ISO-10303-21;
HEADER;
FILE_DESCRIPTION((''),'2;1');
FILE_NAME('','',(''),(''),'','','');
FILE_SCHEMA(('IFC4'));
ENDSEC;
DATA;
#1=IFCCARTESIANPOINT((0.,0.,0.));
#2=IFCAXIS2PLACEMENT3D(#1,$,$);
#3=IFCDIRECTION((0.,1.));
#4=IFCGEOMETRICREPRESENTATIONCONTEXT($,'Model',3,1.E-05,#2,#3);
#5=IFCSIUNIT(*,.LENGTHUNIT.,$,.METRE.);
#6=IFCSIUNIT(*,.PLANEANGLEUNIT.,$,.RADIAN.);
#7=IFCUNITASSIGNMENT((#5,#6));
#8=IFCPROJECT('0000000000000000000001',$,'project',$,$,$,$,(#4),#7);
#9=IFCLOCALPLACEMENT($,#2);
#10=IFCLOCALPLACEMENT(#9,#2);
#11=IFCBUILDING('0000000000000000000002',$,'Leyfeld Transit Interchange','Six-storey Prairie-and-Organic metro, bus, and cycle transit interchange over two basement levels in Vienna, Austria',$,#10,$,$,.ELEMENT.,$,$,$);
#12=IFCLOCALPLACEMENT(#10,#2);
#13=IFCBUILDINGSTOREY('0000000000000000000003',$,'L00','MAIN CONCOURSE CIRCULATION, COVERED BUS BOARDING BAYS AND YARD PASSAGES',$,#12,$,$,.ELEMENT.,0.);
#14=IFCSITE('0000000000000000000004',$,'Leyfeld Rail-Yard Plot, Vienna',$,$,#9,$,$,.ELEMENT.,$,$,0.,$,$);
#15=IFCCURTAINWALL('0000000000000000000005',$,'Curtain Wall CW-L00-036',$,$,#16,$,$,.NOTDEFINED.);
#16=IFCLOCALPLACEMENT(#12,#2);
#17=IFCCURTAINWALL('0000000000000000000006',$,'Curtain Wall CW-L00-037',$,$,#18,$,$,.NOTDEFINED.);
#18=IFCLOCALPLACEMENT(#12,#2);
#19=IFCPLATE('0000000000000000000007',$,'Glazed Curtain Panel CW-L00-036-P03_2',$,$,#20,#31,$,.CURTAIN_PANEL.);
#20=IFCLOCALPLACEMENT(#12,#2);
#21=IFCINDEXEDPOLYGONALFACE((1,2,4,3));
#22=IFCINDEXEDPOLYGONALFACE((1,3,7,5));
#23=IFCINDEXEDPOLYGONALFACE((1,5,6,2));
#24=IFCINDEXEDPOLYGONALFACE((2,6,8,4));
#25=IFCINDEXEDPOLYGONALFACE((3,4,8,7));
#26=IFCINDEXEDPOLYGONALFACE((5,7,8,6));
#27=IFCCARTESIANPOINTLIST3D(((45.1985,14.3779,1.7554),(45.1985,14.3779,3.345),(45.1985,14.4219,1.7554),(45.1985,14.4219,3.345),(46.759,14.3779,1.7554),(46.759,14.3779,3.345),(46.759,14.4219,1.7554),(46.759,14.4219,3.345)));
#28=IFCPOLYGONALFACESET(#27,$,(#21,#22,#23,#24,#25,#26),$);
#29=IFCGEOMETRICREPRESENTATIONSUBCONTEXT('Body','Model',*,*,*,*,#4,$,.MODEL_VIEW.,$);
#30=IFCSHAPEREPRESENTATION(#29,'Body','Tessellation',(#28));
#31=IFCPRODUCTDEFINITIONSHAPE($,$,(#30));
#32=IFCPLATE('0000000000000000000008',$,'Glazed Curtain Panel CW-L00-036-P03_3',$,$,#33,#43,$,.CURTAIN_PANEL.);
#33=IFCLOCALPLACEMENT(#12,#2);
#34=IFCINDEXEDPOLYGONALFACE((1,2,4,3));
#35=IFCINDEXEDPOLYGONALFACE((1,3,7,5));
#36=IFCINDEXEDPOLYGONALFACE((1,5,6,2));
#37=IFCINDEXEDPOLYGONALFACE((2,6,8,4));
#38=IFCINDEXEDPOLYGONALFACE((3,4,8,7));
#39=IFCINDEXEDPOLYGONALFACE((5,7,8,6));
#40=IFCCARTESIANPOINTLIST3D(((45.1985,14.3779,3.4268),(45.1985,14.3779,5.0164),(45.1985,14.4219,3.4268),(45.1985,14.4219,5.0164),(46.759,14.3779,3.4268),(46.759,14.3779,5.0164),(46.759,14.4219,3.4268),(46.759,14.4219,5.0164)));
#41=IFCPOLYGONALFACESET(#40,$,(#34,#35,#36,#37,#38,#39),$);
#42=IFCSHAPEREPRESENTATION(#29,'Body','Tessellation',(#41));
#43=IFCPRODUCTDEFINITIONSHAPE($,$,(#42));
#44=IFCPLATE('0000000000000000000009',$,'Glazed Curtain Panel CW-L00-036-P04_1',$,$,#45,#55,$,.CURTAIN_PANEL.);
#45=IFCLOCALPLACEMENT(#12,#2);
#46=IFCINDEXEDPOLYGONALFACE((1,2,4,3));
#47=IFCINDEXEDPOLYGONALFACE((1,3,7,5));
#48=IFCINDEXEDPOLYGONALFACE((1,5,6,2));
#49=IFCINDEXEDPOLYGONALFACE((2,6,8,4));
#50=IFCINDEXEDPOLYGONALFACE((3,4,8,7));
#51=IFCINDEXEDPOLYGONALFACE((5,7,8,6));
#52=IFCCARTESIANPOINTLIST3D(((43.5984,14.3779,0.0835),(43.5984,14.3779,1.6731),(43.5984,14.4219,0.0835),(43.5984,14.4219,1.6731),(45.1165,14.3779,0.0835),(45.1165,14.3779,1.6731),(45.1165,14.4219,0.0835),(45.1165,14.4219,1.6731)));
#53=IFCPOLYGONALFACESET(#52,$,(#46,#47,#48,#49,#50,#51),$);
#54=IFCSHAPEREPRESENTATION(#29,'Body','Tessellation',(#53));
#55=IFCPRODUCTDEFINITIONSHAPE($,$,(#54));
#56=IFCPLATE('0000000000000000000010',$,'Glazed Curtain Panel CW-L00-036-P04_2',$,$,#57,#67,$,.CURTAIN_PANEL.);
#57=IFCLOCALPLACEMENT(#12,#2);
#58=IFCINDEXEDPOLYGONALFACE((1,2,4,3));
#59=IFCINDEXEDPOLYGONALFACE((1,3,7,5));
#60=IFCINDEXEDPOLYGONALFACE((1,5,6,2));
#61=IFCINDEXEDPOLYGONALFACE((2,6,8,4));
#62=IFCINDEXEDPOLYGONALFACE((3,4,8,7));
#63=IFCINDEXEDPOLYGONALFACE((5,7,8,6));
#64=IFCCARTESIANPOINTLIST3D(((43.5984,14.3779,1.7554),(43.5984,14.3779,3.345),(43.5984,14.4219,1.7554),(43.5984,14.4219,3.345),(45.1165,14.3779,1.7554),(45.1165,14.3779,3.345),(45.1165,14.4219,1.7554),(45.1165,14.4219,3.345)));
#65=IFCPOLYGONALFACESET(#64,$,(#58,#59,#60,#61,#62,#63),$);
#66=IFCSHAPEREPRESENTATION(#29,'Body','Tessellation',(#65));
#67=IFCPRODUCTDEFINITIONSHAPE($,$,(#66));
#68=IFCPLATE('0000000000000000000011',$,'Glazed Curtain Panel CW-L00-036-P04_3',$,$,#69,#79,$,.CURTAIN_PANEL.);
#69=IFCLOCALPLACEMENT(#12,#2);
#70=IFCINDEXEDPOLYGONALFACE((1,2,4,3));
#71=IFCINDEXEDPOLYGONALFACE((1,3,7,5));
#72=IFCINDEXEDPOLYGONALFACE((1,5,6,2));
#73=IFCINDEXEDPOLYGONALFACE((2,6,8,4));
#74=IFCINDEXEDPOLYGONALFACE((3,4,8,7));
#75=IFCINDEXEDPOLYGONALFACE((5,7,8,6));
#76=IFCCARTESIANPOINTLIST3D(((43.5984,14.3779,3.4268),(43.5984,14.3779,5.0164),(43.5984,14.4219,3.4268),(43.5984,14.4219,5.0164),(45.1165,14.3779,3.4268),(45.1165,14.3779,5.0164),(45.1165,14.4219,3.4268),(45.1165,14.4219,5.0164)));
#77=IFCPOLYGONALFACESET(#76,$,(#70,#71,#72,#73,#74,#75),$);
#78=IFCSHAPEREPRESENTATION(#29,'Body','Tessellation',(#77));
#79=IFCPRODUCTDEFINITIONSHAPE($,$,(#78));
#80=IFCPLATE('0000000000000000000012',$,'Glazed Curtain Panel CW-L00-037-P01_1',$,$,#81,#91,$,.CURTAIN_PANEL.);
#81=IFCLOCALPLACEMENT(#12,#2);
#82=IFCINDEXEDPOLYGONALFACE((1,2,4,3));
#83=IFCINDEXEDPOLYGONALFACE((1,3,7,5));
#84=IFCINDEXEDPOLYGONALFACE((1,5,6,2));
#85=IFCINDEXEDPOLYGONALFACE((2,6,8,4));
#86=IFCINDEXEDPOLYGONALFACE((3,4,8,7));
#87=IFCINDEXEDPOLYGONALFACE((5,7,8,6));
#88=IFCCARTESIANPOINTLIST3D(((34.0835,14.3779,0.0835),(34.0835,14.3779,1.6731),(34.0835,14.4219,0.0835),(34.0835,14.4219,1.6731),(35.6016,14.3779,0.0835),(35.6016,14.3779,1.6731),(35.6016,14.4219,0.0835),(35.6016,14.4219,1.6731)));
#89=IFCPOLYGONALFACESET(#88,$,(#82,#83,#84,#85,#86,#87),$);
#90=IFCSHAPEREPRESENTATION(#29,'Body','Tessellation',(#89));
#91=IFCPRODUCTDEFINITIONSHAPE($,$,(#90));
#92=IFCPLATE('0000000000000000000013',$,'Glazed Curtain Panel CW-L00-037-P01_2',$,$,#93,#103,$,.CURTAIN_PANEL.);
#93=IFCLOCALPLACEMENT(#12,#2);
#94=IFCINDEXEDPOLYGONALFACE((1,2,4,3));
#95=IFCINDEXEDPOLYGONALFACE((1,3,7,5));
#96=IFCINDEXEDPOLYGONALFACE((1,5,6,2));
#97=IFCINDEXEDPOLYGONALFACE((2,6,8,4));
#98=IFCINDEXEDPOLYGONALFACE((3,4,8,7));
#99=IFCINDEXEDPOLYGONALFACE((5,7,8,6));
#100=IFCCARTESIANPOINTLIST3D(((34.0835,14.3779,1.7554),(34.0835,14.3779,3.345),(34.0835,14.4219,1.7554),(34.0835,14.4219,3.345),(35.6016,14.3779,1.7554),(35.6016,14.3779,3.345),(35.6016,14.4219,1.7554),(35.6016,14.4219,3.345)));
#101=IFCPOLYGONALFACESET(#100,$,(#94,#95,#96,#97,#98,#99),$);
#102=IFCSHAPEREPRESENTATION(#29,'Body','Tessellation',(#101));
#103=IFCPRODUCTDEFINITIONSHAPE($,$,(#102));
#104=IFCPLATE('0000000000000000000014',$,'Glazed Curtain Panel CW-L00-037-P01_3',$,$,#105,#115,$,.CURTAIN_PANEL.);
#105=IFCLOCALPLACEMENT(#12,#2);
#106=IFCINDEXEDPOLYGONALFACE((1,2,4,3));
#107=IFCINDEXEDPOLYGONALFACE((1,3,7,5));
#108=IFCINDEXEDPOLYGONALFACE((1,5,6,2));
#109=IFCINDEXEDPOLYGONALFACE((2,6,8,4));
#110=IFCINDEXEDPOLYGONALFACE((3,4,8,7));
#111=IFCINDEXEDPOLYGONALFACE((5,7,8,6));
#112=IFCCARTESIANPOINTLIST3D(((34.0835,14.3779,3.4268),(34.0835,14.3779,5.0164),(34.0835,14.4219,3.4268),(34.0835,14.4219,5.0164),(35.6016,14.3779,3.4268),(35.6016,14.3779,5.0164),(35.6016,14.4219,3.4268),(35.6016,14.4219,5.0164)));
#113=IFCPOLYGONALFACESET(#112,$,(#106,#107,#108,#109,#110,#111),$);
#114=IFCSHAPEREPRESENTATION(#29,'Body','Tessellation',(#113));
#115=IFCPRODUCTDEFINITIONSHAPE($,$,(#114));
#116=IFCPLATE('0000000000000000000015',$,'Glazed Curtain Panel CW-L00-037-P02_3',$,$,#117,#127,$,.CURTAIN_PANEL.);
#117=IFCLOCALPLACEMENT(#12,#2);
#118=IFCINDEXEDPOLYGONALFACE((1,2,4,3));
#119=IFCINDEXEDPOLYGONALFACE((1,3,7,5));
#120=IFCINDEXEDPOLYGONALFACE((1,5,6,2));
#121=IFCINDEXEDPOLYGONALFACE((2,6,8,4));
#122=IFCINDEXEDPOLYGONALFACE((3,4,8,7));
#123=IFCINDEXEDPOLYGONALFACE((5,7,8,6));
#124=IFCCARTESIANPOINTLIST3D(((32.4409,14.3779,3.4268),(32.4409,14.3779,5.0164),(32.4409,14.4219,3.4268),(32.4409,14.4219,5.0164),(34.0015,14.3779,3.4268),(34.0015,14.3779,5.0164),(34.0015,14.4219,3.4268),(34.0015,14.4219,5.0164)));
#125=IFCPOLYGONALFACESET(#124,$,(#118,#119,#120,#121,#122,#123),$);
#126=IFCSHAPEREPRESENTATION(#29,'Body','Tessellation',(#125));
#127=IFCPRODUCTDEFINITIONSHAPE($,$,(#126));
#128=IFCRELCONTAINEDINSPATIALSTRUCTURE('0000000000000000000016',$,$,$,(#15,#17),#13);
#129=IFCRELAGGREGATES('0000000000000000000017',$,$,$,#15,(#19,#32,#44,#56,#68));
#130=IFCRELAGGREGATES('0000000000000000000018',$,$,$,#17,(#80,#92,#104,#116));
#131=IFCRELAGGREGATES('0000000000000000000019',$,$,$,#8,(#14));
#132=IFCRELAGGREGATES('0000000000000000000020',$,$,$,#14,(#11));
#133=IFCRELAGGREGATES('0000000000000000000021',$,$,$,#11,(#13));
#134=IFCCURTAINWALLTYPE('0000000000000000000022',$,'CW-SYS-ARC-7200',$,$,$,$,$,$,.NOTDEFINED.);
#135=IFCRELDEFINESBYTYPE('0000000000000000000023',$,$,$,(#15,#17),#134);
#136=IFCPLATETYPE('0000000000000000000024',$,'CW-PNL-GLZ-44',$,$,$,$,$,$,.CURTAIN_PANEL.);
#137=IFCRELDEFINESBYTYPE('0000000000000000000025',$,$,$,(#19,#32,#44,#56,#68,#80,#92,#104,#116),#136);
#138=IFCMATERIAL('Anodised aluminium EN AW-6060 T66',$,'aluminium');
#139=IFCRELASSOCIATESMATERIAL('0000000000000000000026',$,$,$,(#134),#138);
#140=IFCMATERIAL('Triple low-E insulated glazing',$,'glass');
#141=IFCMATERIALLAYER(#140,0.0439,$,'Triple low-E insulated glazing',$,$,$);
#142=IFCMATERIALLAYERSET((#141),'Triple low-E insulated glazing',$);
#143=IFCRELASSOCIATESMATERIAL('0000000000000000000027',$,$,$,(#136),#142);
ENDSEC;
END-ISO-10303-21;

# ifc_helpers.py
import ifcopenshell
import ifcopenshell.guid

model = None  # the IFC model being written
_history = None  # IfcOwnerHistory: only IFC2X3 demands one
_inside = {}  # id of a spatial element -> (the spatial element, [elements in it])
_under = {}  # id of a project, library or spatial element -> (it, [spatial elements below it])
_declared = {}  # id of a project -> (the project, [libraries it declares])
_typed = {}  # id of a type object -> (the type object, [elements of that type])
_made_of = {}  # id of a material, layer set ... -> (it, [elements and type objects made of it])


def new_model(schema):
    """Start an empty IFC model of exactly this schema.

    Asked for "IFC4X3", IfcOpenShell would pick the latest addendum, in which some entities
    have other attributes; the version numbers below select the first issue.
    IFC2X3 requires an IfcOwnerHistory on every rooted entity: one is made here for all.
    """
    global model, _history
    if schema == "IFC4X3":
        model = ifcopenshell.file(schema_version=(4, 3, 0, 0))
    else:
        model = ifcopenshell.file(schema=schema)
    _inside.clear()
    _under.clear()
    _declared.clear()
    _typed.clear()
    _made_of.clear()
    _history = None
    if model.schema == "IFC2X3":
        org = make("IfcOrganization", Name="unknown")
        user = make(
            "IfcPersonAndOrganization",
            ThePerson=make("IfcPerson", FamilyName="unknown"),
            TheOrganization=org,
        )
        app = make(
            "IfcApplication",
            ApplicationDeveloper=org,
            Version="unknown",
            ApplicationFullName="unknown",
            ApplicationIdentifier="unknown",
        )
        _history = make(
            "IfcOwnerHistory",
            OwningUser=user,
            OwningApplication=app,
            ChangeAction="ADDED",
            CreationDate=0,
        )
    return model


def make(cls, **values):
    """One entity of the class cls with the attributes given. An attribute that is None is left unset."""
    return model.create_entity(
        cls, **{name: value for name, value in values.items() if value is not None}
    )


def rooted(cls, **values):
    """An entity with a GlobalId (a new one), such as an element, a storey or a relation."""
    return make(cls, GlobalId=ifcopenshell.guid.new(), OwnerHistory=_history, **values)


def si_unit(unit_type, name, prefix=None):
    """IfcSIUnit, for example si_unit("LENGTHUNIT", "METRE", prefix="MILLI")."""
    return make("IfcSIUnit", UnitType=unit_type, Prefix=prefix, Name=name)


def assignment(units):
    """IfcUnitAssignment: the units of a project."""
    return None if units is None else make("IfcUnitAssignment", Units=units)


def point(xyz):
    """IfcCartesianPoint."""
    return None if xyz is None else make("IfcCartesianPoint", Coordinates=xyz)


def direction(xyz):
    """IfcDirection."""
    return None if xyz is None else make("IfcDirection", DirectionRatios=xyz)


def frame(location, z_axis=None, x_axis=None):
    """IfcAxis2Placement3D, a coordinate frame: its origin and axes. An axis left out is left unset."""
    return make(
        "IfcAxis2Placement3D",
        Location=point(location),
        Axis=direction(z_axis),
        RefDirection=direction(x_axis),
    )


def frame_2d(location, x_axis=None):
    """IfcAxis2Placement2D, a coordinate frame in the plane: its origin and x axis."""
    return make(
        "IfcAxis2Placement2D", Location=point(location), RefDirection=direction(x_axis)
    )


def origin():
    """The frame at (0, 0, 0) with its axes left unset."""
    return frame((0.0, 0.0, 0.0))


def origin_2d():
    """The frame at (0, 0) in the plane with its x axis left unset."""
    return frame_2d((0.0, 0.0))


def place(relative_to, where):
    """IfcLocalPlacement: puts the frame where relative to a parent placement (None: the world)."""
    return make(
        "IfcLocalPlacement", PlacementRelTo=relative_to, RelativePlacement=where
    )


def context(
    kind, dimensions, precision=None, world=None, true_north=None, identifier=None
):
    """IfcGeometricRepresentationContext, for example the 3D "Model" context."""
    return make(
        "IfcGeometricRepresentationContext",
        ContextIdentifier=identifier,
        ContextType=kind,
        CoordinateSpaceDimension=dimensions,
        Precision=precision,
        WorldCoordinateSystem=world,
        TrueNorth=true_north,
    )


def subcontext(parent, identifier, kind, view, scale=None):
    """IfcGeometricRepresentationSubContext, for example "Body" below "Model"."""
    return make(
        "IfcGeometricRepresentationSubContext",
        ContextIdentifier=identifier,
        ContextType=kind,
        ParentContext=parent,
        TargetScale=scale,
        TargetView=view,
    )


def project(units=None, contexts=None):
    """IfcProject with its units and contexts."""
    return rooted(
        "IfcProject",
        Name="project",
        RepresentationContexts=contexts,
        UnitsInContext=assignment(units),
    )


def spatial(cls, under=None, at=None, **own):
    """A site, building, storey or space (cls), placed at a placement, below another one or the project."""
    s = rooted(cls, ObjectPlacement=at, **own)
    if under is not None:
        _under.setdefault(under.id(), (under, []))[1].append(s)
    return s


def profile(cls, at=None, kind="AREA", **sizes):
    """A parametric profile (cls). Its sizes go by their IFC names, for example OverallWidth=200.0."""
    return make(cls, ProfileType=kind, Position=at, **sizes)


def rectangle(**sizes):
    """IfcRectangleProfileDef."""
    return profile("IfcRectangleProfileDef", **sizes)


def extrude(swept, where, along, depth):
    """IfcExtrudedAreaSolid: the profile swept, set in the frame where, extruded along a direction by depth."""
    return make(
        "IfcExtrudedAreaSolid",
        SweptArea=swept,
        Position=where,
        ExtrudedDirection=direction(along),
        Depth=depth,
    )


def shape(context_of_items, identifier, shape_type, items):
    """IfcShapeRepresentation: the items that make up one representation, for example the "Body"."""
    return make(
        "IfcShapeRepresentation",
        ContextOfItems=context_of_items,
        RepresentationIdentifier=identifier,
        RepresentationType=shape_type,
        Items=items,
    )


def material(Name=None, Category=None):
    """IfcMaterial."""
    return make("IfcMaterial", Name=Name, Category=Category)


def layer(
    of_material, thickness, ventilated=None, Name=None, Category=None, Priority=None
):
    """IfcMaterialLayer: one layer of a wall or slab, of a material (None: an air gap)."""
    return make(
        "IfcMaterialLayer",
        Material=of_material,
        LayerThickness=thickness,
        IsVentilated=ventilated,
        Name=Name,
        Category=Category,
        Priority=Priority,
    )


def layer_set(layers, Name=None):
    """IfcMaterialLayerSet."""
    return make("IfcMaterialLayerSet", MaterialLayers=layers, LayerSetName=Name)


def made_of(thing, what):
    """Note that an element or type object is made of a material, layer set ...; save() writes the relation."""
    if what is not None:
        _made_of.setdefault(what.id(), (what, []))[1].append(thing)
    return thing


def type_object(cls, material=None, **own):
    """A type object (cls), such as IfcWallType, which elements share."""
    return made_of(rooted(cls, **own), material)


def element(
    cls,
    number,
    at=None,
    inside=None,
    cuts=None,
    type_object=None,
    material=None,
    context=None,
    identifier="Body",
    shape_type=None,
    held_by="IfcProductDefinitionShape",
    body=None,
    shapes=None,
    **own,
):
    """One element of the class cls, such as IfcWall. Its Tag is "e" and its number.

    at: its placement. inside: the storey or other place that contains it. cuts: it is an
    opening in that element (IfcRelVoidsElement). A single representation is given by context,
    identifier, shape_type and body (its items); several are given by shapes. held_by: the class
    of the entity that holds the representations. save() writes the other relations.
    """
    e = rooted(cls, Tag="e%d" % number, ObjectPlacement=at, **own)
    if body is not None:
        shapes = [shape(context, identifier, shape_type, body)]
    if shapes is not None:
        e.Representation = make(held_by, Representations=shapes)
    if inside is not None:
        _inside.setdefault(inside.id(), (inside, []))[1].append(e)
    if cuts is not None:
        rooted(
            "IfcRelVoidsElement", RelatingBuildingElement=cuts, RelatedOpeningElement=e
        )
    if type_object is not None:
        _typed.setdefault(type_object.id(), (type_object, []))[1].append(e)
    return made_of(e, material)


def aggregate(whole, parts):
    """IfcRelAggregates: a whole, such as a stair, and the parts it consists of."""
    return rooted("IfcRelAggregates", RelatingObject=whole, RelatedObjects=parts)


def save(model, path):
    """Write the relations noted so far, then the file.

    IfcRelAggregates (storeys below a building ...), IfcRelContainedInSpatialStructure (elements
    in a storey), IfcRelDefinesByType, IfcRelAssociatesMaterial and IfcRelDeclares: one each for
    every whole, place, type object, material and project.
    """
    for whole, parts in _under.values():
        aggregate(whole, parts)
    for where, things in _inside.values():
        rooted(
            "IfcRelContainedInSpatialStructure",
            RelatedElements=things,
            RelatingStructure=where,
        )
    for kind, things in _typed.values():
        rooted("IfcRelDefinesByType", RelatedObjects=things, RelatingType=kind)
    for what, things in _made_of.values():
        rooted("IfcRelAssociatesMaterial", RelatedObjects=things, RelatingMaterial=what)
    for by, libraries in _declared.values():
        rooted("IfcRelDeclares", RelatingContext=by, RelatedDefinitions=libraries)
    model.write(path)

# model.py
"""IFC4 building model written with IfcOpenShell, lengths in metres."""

from ifc_helpers import new_model, si_unit, direction, frame, origin, origin_2d, place, context, subcontext, project, spatial, rectangle, extrude, material, layer, layer_set, type_object, element, aggregate, save


model = new_model("IFC4")

# Units and contexts
model_context = context("Model", 3, precision=1e-05, world=origin(), true_north=direction((0.0, 1.0)))
body_context = subcontext(model_context, "Body", "Model", "MODEL_VIEW")
ifc_project = project(units=[si_unit("LENGTHUNIT", "METRE"), si_unit("PLANEANGLEUNIT", "RADIAN")], contexts=[model_context])

# Site, building, storey
site_placement = place(None, origin())
site = spatial("IfcSite", under=ifc_project, at=site_placement, Name="Leyfeld Rail-Yard Plot, Vienna", CompositionType="ELEMENT", RefElevation=0.0)
building_placement = place(site_placement, origin())
building = spatial("IfcBuilding", under=site, at=building_placement, Name="Leyfeld Transit Interchange", Description="Six-storey Prairie-and-Organic metro, bus, and cycle transit interchange over two basement levels in Vienna, Austria", CompositionType="ELEMENT")
storey_placement = place(building_placement, origin())
storey = spatial("IfcBuildingStorey", under=building, at=storey_placement, Name="L00", Description="MAIN CONCOURSE CIRCULATION, COVERED BUS BOARDING BAYS AND YARD PASSAGES", CompositionType="ELEMENT", Elevation=0.0)

# Curtain walls
ifc_material_1 = material(Name="Anodised aluminium EN AW-6060 T66", Category="aluminium")
curtain_wall_type = type_object("IfcCurtainWallType", Name="CW-SYS-ARC-7200", PredefinedType="NOTDEFINED", material=ifc_material_1)
curtain_wall_1_placement = place(storey_placement, origin())
curtain_wall_1 = element("IfcCurtainWall", 1, at=curtain_wall_1_placement, inside=storey, type_object=curtain_wall_type, Name="Curtain Wall CW-L00-036", PredefinedType="NOTDEFINED")
curtain_wall_2_placement = place(storey_placement, origin())
curtain_wall_2 = element("IfcCurtainWall", 2, at=curtain_wall_2_placement, inside=storey, type_object=curtain_wall_type, Name="Curtain Wall CW-L00-037", PredefinedType="NOTDEFINED")

# Plates
ifc_material_2 = material(Name="Triple low-E insulated glazing", Category="glass")
ifc_layer = layer(ifc_material_2, 0.0439, Name="Triple low-E insulated glazing")
ifc_layer_set = layer_set([ifc_layer], Name="Triple low-E insulated glazing")
plate_type = type_object("IfcPlateType", Name="CW-PNL-GLZ-44", PredefinedType="CURTAIN_PANEL", material=ifc_layer_set)
plate_1_placement = place(storey_placement, frame((45.9788, 14.3999, 1.7554), z_axis=(0.0, 0.0, 1.0), x_axis=(-1.0, 0.0, 0.0)))
plate_1 = element("IfcPlate", 3, at=plate_1_placement, type_object=plate_type, Name="Glazed Curtain Panel CW-L00-036-P03_2", PredefinedType="CURTAIN_PANEL", context=body_context, shape_type="SweptSolid", body=[
    extrude(rectangle(XDim=1.5605, YDim=0.0439, at=origin_2d()), origin(), (0.0, 0.0, 1.0), 1.5896),
])
plate_2_placement = place(storey_placement, frame((45.9788, 14.3999, 3.4268), z_axis=(0.0, 0.0, 1.0), x_axis=(-1.0, 0.0, 0.0)))
plate_2 = element("IfcPlate", 4, at=plate_2_placement, type_object=plate_type, Name="Glazed Curtain Panel CW-L00-036-P03_3", PredefinedType="CURTAIN_PANEL", context=body_context, shape_type="SweptSolid", body=[
    extrude(rectangle(XDim=1.5605, YDim=0.0439, at=origin_2d()), origin(), (0.0, 0.0, 1.0), 1.5896),
])
plate_3_placement = place(storey_placement, frame((44.3574, 14.3999, 0.0835), z_axis=(0.0, 0.0, 1.0), x_axis=(-1.0, 0.0, 0.0)))
plate_3 = element("IfcPlate", 5, at=plate_3_placement, type_object=plate_type, Name="Glazed Curtain Panel CW-L00-036-P04_1", PredefinedType="CURTAIN_PANEL", context=body_context, shape_type="SweptSolid", body=[
    extrude(rectangle(XDim=1.5181, YDim=0.0439, at=origin_2d()), origin(), (0.0, 0.0, 1.0), 1.5896),
])
plate_4_placement = place(storey_placement, frame((44.3574, 14.3999, 1.7554), z_axis=(0.0, 0.0, 1.0), x_axis=(-1.0, 0.0, 0.0)))
plate_4 = element("IfcPlate", 6, at=plate_4_placement, type_object=plate_type, Name="Glazed Curtain Panel CW-L00-036-P04_2", PredefinedType="CURTAIN_PANEL", context=body_context, shape_type="SweptSolid", body=[
    extrude(rectangle(XDim=1.5181, YDim=0.0439, at=origin_2d()), origin(), (0.0, 0.0, 1.0), 1.5896),
])
plate_5_placement = place(storey_placement, frame((44.3574, 14.3999, 3.4268), z_axis=(0.0, 0.0, 1.0), x_axis=(-1.0, 0.0, 0.0)))
plate_5 = element("IfcPlate", 7, at=plate_5_placement, type_object=plate_type, Name="Glazed Curtain Panel CW-L00-036-P04_3", PredefinedType="CURTAIN_PANEL", context=body_context, shape_type="SweptSolid", body=[
    extrude(rectangle(XDim=1.5181, YDim=0.0439, at=origin_2d()), origin(), (0.0, 0.0, 1.0), 1.5896),
])
aggregate(curtain_wall_1, [plate_1, plate_2, plate_3, plate_4, plate_5])
plate_6_placement = place(storey_placement, frame((34.8425, 14.3999, 0.0835), z_axis=(0.0, 0.0, 1.0), x_axis=(-1.0, 0.0, 0.0)))
plate_6 = element("IfcPlate", 8, at=plate_6_placement, type_object=plate_type, Name="Glazed Curtain Panel CW-L00-037-P01_1", PredefinedType="CURTAIN_PANEL", context=body_context, shape_type="SweptSolid", body=[
    extrude(rectangle(XDim=1.5181, YDim=0.0439, at=origin_2d()), origin(), (0.0, 0.0, 1.0), 1.5896),
])
plate_7_placement = place(storey_placement, frame((34.8425, 14.3999, 1.7554), z_axis=(0.0, 0.0, 1.0), x_axis=(-1.0, 0.0, 0.0)))
plate_7 = element("IfcPlate", 9, at=plate_7_placement, type_object=plate_type, Name="Glazed Curtain Panel CW-L00-037-P01_2", PredefinedType="CURTAIN_PANEL", context=body_context, shape_type="SweptSolid", body=[
    extrude(rectangle(XDim=1.5181, YDim=0.0439, at=origin_2d()), origin(), (0.0, 0.0, 1.0), 1.5896),
])
plate_8_placement = place(storey_placement, frame((34.8425, 14.3999, 3.4268), z_axis=(0.0, 0.0, 1.0), x_axis=(-1.0, 0.0, 0.0)))
plate_8 = element("IfcPlate", 10, at=plate_8_placement, type_object=plate_type, Name="Glazed Curtain Panel CW-L00-037-P01_3", PredefinedType="CURTAIN_PANEL", context=body_context, shape_type="SweptSolid", body=[
    extrude(rectangle(XDim=1.5181, YDim=0.0439, at=origin_2d()), origin(), (0.0, 0.0, 1.0), 1.5896),
])
plate_9_placement = place(storey_placement, frame((33.2212, 14.3999, 3.4268), z_axis=(0.0, 0.0, 1.0), x_axis=(-1.0, 0.0, 0.0)))
plate_9 = element("IfcPlate", 11, at=plate_9_placement, type_object=plate_type, Name="Glazed Curtain Panel CW-L00-037-P02_3", PredefinedType="CURTAIN_PANEL", context=body_context, shape_type="SweptSolid", body=[
    extrude(rectangle(XDim=1.5605, YDim=0.0439, at=origin_2d()), origin(), (0.0, 0.0, 1.0), 1.5896),
])
aggregate(curtain_wall_2, [plate_6, plate_7, plate_8, plate_9])

save(model, "model.ifc")
